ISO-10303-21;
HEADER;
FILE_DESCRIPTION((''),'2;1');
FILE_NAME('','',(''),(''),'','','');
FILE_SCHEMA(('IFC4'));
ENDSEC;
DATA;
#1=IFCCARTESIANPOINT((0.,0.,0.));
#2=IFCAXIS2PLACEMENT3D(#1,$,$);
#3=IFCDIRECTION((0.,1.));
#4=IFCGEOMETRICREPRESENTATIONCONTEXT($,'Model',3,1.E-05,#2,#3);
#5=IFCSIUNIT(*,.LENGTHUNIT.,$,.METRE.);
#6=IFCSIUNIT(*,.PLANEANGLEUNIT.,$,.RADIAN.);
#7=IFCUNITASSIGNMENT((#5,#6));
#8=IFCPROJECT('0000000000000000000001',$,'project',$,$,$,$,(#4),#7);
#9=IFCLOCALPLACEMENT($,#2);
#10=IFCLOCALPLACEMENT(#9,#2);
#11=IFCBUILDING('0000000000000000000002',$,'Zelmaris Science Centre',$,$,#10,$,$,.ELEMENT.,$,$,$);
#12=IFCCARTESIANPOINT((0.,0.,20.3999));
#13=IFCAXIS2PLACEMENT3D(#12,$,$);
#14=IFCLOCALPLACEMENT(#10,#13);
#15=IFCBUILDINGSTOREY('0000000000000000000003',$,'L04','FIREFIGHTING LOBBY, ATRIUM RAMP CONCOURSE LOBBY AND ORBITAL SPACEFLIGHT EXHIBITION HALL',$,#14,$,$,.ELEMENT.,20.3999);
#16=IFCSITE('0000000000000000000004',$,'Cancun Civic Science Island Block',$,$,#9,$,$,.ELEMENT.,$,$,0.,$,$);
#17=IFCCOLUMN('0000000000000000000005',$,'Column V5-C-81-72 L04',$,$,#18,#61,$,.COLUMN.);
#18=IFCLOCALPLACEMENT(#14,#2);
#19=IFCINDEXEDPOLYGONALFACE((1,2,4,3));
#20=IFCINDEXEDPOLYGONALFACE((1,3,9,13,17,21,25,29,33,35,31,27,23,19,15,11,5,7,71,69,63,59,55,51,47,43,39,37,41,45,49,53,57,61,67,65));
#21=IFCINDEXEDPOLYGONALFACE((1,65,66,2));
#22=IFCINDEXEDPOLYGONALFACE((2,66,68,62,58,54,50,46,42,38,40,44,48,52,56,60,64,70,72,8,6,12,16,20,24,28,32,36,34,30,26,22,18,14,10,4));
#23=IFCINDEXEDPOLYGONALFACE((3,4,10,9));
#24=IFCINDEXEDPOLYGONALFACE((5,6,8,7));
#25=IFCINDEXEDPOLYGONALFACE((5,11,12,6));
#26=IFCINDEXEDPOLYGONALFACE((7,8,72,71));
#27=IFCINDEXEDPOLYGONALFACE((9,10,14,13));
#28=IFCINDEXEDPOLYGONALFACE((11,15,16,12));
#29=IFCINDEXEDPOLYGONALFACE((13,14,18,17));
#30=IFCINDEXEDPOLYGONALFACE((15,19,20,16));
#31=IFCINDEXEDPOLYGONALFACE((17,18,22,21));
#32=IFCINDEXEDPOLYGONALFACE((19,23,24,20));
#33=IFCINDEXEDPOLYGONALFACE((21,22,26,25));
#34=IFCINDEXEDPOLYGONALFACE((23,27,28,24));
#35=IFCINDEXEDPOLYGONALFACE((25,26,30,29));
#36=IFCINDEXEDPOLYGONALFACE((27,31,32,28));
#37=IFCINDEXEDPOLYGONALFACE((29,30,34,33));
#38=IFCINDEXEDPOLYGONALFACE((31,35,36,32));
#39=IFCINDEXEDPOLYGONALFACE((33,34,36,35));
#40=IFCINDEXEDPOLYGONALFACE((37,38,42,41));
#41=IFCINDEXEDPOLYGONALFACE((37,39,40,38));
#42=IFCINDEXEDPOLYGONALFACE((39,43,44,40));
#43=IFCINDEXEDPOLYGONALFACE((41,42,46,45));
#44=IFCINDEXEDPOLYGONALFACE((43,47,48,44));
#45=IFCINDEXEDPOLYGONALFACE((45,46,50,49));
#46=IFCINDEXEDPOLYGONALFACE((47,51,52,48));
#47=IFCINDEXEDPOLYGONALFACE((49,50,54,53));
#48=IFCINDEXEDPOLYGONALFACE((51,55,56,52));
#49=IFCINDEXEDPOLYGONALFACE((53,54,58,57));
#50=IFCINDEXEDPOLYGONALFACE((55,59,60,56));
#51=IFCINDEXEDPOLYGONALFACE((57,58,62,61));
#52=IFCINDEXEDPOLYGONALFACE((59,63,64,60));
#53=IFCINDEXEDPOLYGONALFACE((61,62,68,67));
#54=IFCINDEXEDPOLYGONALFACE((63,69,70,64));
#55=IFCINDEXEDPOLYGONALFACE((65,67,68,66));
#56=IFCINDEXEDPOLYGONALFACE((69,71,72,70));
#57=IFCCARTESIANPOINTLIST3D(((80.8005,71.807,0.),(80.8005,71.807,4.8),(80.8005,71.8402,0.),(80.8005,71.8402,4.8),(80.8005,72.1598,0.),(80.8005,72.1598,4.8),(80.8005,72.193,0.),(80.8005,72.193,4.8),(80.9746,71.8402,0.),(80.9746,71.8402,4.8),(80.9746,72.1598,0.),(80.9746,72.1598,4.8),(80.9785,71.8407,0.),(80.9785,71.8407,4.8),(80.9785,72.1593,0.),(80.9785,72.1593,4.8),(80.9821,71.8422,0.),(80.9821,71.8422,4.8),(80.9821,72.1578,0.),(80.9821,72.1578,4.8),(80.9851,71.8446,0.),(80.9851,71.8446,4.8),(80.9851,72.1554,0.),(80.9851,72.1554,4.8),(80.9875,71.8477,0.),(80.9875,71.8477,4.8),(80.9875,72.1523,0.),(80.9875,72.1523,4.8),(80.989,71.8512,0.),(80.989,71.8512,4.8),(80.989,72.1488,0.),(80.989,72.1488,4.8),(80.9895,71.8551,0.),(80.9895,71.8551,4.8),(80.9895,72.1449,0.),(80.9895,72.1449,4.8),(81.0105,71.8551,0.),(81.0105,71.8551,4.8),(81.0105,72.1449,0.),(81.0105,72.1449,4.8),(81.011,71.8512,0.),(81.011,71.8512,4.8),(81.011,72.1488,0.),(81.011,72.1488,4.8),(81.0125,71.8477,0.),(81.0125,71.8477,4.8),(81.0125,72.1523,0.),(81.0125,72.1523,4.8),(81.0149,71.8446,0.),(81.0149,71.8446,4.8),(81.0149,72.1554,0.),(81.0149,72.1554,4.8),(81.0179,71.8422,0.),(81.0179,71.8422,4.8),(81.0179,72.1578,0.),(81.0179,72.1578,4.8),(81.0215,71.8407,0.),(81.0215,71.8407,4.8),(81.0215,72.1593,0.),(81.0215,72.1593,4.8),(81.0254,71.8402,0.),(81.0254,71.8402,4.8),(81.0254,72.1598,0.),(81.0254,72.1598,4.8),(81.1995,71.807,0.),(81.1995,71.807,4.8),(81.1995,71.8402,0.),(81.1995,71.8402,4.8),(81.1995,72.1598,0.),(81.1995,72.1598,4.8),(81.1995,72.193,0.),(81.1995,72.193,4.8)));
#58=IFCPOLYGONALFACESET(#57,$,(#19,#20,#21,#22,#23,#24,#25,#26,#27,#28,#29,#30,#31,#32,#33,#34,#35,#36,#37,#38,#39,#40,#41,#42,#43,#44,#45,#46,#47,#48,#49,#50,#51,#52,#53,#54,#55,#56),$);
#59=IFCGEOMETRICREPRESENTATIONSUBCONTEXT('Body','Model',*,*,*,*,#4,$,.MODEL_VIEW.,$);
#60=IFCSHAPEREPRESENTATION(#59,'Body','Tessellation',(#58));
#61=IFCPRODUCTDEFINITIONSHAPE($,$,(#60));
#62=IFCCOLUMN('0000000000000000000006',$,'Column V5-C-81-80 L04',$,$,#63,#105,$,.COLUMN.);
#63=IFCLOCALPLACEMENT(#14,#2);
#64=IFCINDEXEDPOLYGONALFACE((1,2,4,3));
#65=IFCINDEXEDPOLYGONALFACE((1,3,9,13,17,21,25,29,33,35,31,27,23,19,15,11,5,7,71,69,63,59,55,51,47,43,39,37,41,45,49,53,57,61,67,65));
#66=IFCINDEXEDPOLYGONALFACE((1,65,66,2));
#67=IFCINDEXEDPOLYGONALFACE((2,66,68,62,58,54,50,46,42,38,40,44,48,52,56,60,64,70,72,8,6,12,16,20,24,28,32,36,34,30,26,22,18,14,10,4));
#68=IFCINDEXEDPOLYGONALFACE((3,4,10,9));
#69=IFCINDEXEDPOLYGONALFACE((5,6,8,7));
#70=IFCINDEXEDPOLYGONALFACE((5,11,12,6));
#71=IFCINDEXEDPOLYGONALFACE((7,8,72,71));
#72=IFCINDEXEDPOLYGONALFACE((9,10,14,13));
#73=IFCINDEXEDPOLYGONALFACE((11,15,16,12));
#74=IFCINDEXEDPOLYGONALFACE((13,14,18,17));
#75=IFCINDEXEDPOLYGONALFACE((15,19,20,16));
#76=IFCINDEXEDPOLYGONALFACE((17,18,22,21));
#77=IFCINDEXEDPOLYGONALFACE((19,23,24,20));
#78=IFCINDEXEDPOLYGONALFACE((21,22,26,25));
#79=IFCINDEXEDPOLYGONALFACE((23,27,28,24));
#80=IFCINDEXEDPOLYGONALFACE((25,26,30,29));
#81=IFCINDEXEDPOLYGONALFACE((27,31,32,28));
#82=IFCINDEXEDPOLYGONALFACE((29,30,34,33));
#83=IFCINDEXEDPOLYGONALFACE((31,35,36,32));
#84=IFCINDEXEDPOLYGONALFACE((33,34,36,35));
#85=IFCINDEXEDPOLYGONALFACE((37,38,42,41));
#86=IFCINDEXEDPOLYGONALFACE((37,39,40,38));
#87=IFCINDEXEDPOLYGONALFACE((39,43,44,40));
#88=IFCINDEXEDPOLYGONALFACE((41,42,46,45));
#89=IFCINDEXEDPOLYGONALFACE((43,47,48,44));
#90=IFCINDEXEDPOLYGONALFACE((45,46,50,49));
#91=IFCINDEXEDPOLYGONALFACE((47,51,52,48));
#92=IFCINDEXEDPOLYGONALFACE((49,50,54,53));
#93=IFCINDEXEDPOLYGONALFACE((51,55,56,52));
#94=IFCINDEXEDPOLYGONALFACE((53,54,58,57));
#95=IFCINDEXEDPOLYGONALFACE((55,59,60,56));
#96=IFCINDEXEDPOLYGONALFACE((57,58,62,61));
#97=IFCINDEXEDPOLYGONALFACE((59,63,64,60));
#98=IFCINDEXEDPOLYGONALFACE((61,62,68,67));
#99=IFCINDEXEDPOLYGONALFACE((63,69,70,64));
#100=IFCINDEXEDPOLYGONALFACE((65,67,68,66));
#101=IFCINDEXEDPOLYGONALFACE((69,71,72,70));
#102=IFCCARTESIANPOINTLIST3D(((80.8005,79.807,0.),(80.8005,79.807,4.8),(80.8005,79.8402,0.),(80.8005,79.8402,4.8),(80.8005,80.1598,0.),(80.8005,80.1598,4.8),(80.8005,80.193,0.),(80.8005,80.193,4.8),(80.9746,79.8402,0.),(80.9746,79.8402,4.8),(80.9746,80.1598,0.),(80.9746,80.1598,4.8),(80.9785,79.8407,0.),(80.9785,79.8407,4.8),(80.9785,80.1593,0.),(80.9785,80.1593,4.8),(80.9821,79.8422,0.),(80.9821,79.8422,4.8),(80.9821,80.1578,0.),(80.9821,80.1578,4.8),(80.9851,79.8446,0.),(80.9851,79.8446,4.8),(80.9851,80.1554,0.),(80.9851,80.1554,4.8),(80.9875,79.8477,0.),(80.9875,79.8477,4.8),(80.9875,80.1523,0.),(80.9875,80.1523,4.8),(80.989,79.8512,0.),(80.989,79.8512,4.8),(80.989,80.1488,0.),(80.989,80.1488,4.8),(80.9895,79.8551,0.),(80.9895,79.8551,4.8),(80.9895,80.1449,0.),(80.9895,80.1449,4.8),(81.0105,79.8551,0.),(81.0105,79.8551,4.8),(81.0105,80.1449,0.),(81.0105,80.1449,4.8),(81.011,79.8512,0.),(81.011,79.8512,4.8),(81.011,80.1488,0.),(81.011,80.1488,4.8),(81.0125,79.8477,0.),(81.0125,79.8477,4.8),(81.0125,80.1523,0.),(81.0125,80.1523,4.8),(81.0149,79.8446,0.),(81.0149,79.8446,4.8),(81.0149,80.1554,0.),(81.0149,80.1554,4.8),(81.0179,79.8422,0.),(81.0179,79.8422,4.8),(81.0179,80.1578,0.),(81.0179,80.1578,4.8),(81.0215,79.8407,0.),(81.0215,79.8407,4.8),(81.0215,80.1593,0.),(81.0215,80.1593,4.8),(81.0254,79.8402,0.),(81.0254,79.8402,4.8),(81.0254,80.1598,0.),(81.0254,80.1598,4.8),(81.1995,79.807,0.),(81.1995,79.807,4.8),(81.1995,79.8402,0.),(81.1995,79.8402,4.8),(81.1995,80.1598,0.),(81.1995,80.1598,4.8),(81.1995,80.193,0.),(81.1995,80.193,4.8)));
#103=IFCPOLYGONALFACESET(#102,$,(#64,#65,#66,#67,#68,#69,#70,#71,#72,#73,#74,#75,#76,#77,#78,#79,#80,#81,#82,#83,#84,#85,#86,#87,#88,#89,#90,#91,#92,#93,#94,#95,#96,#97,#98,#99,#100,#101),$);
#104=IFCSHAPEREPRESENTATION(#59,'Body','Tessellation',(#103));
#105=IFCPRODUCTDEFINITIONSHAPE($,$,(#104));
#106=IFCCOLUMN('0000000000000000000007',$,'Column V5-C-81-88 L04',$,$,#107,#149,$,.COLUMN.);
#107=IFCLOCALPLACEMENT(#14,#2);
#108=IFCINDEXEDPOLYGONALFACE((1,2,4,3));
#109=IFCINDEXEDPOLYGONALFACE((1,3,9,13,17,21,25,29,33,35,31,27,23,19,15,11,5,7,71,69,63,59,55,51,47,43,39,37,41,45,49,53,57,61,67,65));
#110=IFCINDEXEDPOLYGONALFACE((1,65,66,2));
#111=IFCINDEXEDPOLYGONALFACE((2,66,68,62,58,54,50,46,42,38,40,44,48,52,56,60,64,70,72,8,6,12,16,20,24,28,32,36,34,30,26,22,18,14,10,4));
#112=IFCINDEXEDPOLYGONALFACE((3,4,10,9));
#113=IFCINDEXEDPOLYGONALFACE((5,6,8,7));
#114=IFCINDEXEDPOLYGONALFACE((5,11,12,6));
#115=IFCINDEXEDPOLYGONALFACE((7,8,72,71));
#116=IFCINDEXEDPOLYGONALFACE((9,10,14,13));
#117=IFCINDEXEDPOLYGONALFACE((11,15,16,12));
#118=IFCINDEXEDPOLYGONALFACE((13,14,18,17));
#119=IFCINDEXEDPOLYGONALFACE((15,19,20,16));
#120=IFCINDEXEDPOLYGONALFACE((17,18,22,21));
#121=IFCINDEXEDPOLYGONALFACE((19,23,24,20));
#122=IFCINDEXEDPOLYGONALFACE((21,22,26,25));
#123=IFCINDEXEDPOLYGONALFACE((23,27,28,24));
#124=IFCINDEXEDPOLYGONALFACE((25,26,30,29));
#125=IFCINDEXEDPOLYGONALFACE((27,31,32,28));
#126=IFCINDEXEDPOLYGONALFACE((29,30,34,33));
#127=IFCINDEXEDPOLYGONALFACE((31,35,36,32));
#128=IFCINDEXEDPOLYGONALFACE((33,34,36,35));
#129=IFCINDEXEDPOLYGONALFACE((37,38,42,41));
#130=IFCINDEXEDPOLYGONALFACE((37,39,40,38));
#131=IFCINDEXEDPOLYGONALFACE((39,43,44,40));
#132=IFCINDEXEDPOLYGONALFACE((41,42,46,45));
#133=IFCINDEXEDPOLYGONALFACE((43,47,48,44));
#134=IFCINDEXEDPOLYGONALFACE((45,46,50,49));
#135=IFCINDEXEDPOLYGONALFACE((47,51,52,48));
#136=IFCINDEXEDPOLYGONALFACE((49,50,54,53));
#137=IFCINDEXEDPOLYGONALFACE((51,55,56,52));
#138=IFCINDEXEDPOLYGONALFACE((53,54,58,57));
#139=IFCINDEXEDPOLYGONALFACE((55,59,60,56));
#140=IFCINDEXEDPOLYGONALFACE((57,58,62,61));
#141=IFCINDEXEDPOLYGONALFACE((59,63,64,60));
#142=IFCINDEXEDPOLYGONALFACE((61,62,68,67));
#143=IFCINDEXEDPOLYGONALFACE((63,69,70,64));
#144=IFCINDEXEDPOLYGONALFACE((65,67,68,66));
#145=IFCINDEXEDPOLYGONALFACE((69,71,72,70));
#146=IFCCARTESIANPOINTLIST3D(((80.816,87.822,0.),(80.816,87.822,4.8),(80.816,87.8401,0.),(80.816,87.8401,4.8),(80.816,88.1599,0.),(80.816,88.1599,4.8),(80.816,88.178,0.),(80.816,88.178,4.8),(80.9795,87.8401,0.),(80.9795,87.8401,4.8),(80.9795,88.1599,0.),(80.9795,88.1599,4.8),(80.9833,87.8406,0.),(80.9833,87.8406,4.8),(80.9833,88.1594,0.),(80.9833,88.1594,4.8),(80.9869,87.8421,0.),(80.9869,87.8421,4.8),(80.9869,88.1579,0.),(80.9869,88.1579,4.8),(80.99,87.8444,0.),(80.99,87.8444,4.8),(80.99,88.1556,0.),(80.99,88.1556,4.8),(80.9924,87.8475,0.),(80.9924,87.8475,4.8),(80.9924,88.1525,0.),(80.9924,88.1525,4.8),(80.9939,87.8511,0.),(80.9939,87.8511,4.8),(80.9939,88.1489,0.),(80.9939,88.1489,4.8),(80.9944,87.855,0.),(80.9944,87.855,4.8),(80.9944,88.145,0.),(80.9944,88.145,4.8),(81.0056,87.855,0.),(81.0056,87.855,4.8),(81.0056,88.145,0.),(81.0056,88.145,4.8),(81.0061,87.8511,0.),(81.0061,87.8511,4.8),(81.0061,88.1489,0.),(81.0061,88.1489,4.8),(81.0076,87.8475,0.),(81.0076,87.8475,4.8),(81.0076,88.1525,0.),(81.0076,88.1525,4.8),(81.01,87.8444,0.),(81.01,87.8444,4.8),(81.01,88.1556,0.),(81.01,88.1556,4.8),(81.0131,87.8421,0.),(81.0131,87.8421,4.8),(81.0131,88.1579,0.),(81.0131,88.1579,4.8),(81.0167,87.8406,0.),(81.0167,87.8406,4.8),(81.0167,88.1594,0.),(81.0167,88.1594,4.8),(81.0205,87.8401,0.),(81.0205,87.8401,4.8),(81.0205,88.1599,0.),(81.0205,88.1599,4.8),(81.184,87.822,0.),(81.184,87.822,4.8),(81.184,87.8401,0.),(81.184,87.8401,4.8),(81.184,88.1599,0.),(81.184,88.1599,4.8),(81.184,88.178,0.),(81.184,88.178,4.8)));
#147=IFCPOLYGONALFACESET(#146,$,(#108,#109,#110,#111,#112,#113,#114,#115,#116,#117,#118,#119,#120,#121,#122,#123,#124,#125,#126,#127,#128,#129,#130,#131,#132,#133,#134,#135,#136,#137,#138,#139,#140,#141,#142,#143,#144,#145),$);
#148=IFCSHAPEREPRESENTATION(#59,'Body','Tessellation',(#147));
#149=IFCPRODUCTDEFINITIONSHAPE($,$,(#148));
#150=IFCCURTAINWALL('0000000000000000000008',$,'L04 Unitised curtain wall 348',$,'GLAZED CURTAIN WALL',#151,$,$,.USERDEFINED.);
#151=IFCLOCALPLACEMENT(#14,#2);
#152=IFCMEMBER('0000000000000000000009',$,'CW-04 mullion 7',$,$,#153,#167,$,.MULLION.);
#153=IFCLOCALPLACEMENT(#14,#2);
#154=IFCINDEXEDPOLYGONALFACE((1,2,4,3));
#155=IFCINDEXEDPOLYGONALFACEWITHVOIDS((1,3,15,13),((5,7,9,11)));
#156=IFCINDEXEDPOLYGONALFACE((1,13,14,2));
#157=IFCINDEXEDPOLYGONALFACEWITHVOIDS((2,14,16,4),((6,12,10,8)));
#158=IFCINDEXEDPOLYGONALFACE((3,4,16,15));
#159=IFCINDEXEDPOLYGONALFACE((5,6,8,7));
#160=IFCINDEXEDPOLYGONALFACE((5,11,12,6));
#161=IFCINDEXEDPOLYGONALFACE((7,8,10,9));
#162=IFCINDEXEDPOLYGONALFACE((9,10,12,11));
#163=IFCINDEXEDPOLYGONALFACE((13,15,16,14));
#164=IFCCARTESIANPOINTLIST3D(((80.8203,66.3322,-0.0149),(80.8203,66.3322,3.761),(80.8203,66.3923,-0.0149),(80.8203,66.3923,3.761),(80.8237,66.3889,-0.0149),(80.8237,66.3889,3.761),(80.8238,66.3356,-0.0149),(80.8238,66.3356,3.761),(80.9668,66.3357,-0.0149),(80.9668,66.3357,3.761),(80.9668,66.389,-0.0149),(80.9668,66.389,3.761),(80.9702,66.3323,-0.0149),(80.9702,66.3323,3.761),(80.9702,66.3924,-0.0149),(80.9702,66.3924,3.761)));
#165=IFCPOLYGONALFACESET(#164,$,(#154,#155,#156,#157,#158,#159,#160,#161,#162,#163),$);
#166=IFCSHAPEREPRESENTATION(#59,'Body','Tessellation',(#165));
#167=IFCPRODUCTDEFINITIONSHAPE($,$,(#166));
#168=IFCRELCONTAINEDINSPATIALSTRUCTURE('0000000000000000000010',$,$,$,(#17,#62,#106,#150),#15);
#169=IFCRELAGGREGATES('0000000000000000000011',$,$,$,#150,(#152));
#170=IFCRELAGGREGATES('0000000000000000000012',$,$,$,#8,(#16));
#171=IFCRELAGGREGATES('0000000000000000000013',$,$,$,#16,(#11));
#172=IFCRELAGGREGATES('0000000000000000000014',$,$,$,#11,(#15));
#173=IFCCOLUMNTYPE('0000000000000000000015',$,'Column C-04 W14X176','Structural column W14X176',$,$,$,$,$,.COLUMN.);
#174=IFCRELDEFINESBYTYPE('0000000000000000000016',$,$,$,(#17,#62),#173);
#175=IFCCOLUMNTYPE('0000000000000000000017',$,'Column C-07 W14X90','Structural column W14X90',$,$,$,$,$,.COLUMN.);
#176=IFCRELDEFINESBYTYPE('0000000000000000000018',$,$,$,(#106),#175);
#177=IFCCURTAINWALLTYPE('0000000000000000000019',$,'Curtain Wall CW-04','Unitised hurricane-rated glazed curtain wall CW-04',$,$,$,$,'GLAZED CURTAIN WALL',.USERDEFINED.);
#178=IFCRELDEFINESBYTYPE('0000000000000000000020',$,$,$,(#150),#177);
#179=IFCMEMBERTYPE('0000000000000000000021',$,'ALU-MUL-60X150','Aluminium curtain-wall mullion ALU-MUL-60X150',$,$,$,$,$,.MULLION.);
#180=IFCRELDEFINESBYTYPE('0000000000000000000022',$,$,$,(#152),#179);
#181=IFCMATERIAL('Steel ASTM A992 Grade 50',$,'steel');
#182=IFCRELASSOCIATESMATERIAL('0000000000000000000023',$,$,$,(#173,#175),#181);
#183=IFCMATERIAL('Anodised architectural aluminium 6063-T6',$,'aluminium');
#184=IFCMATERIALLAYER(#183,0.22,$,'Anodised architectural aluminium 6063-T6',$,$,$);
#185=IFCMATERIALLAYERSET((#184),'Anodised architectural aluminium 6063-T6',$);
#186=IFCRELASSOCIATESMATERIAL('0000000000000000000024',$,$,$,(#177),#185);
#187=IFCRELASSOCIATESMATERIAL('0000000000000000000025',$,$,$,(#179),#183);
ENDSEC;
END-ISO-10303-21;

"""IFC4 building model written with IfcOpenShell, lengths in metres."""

from ifc_helpers import new_model, si_unit, direction, frame, origin, origin_2d, place, context, subcontext, project, spatial, hollow_rectangle, i_section, extrude, material, layer, layer_set, material_profile, profile_set, type_object, element, aggregate, save


model = new_model("IFC4")

# Units and contexts
model_context = context("Model", 3, precision=1e-05, world=origin(), true_north=direction((0.0, 1.0)))
body_context = subcontext(model_context, "Body", "Model", "MODEL_VIEW")
ifc_project = project(units=[si_unit("LENGTHUNIT", "METRE"), si_unit("PLANEANGLEUNIT", "RADIAN")], contexts=[model_context])

# Site, building, storey
site_placement = place(None, origin())
site = spatial("IfcSite", under=ifc_project, at=site_placement, Name="Cancun Civic Science Island Block", CompositionType="ELEMENT", RefElevation=0.0)
building_placement = place(site_placement, origin())
building = spatial("IfcBuilding", under=site, at=building_placement, Name="Zelmaris Science Centre", CompositionType="ELEMENT")
storey_placement = place(building_placement, frame((0.0, 0.0, 20.3999)))
storey = spatial("IfcBuildingStorey", under=building, at=storey_placement, Name="L04", Description="FIREFIGHTING LOBBY, ATRIUM RAMP CONCOURSE LOBBY AND ORBITAL SPACEFLIGHT EXHIBITION HALL", CompositionType="ELEMENT", Elevation=20.3999)

# Columns
ifc_material_1 = material(Name="Steel ASTM A992 Grade 50", Category="steel")
ifc_material_profile_1 = material_profile(ifc_material_1, i_section(OverallWidth=0.3989, OverallDepth=0.386, WebThickness=0.021, FlangeThickness=0.0332, FilletRadius=0.0149, at=origin_2d()), Name="W14X176")
ifc_profile_set_1 = profile_set([ifc_material_profile_1], Name="Steel ASTM A992 Grade 50")
column_type_1 = type_object("IfcColumnType", Name="Column C-04 W14X176", Description="Structural column W14X176", PredefinedType="COLUMN", material=ifc_profile_set_1)
for number, where, z_axis, x_axis, name in (
    (1, (81.0, 72.0, 0.0), (0.0, 0.0, 1.0), (1.0, 0.0, 0.0), "Column V5-C-81-72 L04"),
    (2, (81.0, 80.0, 0.0), (0.0, 0.0, 1.0), (1.0, 0.0, 0.0), "Column V5-C-81-80 L04"),
):
    element("IfcColumn", number, at=place(storey_placement, frame(where, z_axis=z_axis, x_axis=x_axis)), inside=storey, type_object=column_type_1, Name=name, PredefinedType="COLUMN", context=body_context, shape_type="SweptSolid", body=[
        extrude(i_section(OverallWidth=0.3989, OverallDepth=0.386, WebThickness=0.021, FlangeThickness=0.0332, FilletRadius=0.0149, at=origin_2d()), origin(), (0.0, 0.0, 1.0), 4.8),
    ])
ifc_material_profile_2 = material_profile(ifc_material_1, i_section(OverallWidth=0.3679, OverallDepth=0.356, WebThickness=0.0112, FlangeThickness=0.0181, FilletRadius=0.0149, at=origin_2d()), Name="W14X90")
ifc_profile_set_2 = profile_set([ifc_material_profile_2], Name="Steel ASTM A992 Grade 50")
column_type_2 = type_object("IfcColumnType", Name="Column C-07 W14X90", Description="Structural column W14X90", PredefinedType="COLUMN", material=ifc_profile_set_2)
column_placement = place(storey_placement, frame((81.0, 88.0, 0.0), z_axis=(0.0, 0.0, 1.0), x_axis=(1.0, 0.0, 0.0)))
element("IfcColumn", 3, at=column_placement, inside=storey, type_object=column_type_2, Name="Column V5-C-81-88 L04", PredefinedType="COLUMN", context=body_context, shape_type="SweptSolid", body=[
    extrude(i_section(OverallWidth=0.3679, OverallDepth=0.356, WebThickness=0.0112, FlangeThickness=0.0181, FilletRadius=0.0149, at=origin_2d()), origin(), (0.0, 0.0, 1.0), 4.8),
])

# Curtain wall, member
ifc_material_2 = material(Name="Anodised architectural aluminium 6063-T6", Category="aluminium")
ifc_layer_1 = layer(ifc_material_2, 0.22, Name="Anodised architectural aluminium 6063-T6")
ifc_layer_set_1 = layer_set([ifc_layer_1], Name="Anodised architectural aluminium 6063-T6")
curtain_wall_type = type_object("IfcCurtainWallType", Name="Curtain Wall CW-04", Description="Unitised hurricane-rated glazed curtain wall CW-04", ElementType="GLAZED CURTAIN WALL", PredefinedType="USERDEFINED", material=ifc_layer_set_1)
curtain_wall_placement = place(storey_placement, origin())
curtain_wall = element("IfcCurtainWall", 4, at=curtain_wall_placement, inside=storey, type_object=curtain_wall_type, Name="L04 Unitised curtain wall 348", ObjectType="GLAZED CURTAIN WALL", PredefinedType="USERDEFINED")
ifc_material_profile_3 = material_profile(ifc_material_2, hollow_rectangle(XDim=0.0601, YDim=0.1499, WallThickness=0.0034, at=origin_2d()), Name="ALU-MUL-60X150")
ifc_profile_set_3 = profile_set([ifc_material_profile_3], Name="Anodised architectural aluminium 6063-T6")
member_type = type_object("IfcMemberType", Name="ALU-MUL-60X150", Description="Aluminium curtain-wall mullion ALU-MUL-60X150", PredefinedType="MULLION", material=ifc_profile_set_3)
member_placement = place(storey_placement, frame((80.8953, 66.3623, -0.0149), z_axis=(0.0, 0.0, 1.0), x_axis=(0.000771, -1.0, 0.0)))
member = element("IfcMember", 5, at=member_placement, type_object=member_type, Name="CW-04 mullion 7", PredefinedType="MULLION", context=body_context, shape_type="SweptSolid", body=[
    extrude(hollow_rectangle(XDim=0.0601, YDim=0.1499, WallThickness=0.0034, at=origin_2d()), origin(), (0.0, 0.0, 1.0), 3.7759),
])

aggregate(curtain_wall, [member])

save(model, "model.ifc")
